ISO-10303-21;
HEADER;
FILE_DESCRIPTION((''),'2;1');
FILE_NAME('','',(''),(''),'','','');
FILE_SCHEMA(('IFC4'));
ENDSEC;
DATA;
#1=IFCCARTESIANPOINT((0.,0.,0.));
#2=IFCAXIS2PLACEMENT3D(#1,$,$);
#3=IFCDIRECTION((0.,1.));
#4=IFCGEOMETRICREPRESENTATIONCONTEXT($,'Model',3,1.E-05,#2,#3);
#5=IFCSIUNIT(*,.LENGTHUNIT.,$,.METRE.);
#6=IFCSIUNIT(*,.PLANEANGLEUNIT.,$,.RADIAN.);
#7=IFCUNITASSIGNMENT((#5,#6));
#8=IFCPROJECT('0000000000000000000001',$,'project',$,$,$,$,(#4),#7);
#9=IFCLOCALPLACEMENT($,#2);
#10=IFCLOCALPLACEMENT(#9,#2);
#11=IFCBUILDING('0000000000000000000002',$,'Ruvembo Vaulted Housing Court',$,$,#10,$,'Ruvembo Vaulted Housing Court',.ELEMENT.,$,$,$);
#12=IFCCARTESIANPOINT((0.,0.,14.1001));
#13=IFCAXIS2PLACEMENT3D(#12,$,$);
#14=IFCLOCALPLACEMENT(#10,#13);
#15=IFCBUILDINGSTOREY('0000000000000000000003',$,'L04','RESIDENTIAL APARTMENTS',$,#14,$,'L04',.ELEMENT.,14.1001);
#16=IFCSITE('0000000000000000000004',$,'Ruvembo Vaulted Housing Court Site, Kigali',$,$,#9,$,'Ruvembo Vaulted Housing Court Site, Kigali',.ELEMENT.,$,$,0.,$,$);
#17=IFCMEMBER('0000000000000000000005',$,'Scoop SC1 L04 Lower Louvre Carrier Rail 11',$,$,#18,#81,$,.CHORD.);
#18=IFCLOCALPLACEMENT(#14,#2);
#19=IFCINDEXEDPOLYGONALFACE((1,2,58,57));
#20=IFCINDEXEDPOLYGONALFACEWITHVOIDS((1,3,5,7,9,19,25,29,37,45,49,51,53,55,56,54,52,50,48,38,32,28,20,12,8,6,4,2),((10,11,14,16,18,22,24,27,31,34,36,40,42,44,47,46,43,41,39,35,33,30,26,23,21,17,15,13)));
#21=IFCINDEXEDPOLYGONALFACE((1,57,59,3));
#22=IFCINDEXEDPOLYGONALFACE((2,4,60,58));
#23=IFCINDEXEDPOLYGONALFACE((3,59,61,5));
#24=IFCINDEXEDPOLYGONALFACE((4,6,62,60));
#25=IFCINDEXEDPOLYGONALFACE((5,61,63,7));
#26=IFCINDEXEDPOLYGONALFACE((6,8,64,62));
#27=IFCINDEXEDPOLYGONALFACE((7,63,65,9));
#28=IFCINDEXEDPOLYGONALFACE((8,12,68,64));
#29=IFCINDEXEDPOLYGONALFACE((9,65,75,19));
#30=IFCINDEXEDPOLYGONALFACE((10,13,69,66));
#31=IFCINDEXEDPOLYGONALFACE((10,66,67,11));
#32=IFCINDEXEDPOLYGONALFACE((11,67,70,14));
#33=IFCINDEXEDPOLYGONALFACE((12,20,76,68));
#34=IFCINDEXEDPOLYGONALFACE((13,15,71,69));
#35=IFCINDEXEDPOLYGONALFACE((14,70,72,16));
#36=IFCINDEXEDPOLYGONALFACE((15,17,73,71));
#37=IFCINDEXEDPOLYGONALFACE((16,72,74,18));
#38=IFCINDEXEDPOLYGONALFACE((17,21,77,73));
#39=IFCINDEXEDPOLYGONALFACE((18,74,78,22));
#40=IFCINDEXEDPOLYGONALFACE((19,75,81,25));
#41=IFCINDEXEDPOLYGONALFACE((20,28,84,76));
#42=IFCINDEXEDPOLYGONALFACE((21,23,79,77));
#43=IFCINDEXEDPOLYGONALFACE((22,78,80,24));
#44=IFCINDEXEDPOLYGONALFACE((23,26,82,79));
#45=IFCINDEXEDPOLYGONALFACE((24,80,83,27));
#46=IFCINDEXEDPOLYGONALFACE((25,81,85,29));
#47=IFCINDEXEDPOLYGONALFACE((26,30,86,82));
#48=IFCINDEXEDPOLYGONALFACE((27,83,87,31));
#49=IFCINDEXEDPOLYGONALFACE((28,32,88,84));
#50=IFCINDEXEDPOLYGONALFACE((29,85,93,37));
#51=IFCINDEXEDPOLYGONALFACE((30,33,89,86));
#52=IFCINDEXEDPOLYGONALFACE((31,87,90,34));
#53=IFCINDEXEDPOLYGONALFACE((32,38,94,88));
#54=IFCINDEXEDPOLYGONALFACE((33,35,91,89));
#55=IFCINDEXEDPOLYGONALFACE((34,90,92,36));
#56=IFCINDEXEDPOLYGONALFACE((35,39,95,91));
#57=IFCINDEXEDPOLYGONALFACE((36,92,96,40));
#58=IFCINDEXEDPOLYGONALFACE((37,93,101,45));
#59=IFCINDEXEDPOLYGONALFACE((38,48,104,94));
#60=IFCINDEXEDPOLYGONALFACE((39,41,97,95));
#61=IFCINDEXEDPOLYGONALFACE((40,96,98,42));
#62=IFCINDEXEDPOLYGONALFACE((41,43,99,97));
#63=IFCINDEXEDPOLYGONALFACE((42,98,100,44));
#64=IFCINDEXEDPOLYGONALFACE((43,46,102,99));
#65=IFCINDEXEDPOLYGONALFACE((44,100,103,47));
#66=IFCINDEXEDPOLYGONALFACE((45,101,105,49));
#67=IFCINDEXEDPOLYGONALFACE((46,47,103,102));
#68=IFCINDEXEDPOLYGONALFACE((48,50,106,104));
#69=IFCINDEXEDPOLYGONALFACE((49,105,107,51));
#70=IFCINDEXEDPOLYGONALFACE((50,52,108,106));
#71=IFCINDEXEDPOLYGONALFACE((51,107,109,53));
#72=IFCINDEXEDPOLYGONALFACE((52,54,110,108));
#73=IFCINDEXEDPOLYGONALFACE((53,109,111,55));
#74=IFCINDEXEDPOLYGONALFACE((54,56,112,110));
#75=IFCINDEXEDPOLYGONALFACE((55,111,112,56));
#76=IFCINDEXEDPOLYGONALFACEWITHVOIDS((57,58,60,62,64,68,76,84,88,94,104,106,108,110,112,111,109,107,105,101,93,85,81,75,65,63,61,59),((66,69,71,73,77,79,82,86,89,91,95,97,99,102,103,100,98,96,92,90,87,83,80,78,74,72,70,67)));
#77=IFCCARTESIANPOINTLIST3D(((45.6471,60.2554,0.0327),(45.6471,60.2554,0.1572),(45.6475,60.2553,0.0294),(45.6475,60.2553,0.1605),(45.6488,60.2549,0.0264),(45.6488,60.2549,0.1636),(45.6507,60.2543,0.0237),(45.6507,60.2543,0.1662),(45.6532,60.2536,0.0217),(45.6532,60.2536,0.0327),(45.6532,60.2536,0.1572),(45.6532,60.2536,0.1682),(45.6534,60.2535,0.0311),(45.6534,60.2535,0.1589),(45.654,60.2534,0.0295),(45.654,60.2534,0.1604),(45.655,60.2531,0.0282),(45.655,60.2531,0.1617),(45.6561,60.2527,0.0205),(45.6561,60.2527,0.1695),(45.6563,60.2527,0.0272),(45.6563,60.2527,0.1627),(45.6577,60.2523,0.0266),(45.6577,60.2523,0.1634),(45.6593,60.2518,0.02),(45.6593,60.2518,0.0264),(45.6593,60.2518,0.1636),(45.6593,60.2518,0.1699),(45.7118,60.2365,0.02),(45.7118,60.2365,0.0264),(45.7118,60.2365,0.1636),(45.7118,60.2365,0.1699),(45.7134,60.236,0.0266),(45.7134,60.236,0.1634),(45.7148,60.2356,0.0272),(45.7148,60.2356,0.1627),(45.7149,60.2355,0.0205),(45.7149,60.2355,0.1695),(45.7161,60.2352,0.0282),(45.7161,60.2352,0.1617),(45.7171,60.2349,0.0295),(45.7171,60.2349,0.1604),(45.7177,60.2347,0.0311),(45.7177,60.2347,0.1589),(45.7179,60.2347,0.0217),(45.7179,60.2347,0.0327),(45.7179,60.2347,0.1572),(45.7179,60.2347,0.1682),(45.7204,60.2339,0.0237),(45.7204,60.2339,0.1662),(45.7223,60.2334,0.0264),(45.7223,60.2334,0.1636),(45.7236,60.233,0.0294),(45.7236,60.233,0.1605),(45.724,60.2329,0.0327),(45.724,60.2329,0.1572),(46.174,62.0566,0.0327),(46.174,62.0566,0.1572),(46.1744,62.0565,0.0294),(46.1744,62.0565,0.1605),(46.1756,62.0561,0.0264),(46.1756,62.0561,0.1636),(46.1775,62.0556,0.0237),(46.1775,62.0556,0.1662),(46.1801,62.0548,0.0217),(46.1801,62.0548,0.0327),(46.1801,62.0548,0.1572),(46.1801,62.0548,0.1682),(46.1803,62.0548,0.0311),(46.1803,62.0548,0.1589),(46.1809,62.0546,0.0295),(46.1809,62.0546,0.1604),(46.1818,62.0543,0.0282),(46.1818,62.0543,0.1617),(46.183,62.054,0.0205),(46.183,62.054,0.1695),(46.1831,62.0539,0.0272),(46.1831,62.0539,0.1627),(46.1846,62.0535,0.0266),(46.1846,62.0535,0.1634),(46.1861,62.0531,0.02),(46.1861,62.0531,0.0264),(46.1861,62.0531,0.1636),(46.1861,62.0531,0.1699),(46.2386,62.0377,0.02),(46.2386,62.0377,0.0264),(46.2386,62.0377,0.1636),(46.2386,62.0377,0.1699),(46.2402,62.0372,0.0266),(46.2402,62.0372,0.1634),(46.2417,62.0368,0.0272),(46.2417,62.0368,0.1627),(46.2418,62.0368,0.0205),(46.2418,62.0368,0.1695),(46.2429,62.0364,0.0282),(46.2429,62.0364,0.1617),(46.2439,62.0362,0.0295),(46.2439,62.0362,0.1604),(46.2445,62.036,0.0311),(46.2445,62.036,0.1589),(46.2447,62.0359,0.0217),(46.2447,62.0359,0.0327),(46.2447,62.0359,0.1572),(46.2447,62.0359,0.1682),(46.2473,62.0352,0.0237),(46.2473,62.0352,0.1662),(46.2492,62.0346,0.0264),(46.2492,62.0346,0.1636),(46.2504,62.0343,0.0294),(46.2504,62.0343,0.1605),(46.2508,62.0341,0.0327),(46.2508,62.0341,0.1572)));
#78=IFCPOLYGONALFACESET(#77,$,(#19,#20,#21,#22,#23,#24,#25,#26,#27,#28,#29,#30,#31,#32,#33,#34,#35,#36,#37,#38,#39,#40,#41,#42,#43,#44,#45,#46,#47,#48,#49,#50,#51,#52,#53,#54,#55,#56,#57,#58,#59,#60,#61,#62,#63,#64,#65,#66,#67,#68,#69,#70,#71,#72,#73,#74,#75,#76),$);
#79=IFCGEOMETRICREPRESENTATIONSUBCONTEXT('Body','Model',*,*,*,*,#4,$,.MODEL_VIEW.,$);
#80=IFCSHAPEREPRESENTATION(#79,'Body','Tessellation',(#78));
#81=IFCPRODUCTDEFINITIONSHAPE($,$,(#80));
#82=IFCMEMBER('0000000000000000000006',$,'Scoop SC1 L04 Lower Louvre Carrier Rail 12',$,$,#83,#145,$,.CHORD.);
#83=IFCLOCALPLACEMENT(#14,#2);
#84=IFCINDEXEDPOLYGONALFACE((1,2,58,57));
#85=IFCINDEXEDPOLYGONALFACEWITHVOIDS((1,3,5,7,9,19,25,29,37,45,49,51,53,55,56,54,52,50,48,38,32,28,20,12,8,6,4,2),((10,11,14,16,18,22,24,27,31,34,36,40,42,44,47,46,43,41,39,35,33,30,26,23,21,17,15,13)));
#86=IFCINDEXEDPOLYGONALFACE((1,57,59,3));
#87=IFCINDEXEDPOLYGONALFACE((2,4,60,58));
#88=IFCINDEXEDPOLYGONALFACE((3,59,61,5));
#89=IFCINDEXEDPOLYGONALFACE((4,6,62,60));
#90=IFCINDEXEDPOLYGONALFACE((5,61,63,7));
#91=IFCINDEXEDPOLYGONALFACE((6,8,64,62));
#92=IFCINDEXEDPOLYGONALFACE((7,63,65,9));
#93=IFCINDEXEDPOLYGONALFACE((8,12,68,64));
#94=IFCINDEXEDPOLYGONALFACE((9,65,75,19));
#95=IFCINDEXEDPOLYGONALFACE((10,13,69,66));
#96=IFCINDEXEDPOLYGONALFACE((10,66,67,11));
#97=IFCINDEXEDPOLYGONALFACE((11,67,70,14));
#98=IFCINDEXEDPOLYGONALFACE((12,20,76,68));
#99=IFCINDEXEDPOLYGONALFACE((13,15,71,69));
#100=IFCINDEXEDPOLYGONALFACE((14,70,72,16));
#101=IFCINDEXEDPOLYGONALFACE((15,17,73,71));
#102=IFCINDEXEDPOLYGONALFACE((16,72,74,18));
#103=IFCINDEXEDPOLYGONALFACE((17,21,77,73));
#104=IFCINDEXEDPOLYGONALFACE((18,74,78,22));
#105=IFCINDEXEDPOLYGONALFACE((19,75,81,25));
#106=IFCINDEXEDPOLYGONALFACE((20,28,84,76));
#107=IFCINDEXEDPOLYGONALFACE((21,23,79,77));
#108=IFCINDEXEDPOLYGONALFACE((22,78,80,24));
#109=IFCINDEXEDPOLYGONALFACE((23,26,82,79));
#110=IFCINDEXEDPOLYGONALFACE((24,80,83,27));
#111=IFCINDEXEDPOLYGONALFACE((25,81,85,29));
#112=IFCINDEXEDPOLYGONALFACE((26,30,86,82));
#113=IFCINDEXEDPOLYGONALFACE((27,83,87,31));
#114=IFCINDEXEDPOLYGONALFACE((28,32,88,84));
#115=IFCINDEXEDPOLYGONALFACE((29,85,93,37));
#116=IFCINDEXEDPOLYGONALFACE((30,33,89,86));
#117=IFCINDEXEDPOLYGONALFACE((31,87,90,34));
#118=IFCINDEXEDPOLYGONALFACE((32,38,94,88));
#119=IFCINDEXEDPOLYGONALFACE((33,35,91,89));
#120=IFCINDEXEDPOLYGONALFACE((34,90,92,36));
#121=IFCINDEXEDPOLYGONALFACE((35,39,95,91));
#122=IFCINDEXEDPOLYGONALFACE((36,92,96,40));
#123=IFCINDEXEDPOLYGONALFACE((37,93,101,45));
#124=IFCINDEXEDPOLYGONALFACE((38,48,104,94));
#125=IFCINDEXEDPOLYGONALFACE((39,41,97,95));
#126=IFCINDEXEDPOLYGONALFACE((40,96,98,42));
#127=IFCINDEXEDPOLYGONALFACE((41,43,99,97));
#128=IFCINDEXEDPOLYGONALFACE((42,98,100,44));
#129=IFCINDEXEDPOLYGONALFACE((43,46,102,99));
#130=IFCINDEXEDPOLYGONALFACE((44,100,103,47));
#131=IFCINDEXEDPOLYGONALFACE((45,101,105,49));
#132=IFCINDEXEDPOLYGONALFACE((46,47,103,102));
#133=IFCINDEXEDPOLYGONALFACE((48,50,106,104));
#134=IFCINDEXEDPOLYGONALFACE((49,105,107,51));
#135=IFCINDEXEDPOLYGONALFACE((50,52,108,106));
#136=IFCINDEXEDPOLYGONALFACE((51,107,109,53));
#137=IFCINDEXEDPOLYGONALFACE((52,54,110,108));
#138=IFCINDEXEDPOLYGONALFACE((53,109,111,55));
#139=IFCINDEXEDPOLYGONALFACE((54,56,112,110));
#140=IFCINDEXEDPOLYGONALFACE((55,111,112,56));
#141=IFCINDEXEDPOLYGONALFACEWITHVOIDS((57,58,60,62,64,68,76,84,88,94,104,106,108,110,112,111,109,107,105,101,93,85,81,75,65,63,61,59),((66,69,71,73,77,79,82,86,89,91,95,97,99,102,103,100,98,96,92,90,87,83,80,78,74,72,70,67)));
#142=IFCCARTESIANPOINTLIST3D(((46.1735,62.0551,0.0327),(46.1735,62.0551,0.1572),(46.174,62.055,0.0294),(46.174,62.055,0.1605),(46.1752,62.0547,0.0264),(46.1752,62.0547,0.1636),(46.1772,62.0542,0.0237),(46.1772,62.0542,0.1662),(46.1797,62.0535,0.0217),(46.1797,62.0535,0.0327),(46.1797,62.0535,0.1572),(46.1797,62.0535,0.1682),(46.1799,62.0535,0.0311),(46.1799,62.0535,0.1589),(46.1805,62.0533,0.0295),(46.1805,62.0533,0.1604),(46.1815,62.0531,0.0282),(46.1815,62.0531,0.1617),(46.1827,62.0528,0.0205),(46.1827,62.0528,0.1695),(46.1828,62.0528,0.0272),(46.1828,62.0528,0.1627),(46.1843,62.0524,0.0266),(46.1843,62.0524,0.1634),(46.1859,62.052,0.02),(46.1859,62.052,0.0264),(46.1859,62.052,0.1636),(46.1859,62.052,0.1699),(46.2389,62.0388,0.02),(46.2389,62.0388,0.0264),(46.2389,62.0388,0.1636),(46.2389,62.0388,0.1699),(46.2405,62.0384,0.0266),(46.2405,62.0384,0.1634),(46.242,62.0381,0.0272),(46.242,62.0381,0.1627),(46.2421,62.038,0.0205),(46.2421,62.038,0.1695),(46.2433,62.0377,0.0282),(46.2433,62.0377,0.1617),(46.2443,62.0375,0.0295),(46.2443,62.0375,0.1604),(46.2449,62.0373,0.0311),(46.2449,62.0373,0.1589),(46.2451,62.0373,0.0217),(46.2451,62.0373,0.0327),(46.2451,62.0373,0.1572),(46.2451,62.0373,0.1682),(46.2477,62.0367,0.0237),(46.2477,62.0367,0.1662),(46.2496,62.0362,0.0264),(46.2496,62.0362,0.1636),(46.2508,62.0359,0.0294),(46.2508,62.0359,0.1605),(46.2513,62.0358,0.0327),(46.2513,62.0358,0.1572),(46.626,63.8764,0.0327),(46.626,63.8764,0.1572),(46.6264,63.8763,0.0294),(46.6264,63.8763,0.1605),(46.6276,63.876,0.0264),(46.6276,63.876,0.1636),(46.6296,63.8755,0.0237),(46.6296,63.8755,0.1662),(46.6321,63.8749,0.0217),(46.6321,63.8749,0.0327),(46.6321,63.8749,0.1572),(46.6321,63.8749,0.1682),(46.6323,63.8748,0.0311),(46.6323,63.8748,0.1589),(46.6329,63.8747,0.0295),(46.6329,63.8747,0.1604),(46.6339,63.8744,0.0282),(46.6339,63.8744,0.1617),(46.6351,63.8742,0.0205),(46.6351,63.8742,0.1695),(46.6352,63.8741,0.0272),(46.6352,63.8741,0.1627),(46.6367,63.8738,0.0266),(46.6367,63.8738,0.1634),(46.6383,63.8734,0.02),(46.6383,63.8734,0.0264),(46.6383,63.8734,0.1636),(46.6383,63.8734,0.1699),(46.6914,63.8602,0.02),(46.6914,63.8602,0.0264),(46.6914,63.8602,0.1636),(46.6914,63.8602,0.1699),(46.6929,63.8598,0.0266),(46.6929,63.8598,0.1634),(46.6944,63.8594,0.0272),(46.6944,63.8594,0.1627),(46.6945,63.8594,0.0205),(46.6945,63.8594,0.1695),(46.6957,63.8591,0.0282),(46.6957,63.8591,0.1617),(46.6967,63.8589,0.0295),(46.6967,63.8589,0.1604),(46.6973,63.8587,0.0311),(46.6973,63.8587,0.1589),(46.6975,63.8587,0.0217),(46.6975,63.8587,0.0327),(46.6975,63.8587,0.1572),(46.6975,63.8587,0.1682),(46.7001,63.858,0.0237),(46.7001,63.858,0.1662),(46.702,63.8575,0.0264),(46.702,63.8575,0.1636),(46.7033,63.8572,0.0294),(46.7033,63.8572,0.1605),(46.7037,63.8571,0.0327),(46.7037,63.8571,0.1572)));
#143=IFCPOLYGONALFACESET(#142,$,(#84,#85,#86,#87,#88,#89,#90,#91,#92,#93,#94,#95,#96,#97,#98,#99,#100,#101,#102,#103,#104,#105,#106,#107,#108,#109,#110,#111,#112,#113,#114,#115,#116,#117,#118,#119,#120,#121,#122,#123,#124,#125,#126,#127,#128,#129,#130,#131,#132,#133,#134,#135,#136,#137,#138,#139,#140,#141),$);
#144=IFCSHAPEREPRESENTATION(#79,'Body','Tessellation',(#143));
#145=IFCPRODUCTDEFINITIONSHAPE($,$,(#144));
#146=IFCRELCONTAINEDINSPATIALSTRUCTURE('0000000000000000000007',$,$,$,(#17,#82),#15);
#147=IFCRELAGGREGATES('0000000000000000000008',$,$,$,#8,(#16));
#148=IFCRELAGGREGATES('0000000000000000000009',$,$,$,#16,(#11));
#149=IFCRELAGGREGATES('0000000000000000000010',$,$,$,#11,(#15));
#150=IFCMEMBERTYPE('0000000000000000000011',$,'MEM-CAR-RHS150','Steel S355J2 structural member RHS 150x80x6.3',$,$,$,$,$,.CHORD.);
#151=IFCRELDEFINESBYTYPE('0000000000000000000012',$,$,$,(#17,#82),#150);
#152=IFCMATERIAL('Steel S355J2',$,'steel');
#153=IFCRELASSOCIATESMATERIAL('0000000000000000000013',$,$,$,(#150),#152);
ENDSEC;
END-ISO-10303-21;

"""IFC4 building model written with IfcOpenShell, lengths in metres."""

from ifc_helpers import new_model, si_unit, direction, frame, origin, origin_2d, place, context, subcontext, project, spatial, hollow_rectangle, extrude, material, material_profile, profile_set, type_object, element, save


model = new_model("IFC4")

# Units and contexts
model_context = context("Model", 3, precision=1e-05, world=origin(), true_north=direction((0.0, 1.0)))
body_context = subcontext(model_context, "Body", "Model", "MODEL_VIEW")
ifc_project = project(units=[si_unit("LENGTHUNIT", "METRE"), si_unit("PLANEANGLEUNIT", "RADIAN")], contexts=[model_context])

# Site, building, storey
site_placement = place(None, origin())
site = spatial("IfcSite", under=ifc_project, at=site_placement, Name="Ruvembo Vaulted Housing Court Site, Kigali", LongName="Ruvembo Vaulted Housing Court Site, Kigali", CompositionType="ELEMENT", RefElevation=0.0)
building_placement = place(site_placement, origin())
building = spatial("IfcBuilding", under=site, at=building_placement, Name="Ruvembo Vaulted Housing Court", LongName="Ruvembo Vaulted Housing Court", CompositionType="ELEMENT")
storey_placement = place(building_placement, frame((0.0, 0.0, 14.1001)))
storey = spatial("IfcBuildingStorey", under=building, at=storey_placement, Name="L04", Description="RESIDENTIAL APARTMENTS", LongName="L04", CompositionType="ELEMENT", Elevation=14.1001)

# Shared definitions
ifc_material_1 = material(Name="Steel S355J2", Category="steel")

# Members
ifc_material_profile_1 = material_profile(ifc_material_1, hollow_rectangle(XDim=0.0801, YDim=0.1499, WallThickness=0.0063, InnerFilletRadius=0.0063, OuterFilletRadius=0.0127, at=origin_2d()), Name="RHS 150x80x6.3")
ifc_profile_set_1 = profile_set([ifc_material_profile_1], Name="Steel S355J2")
member_type_1 = type_object("IfcMemberType", Name="MEM-CAR-RHS150", Description="Steel S355J2 structural member RHS 150x80x6.3", PredefinedType="CHORD", material=ifc_profile_set_1)
for number, where, z_axis, x_axis, name in (
    (1, (45.6855, 60.2441, 0.095), (0.280729, 0.959787, 0.0), (-0.959787, 0.280729, 0.0), "Scoop SC1 L04 Lower Louvre Carrier Rail 11"),
    (2, (46.2124, 62.0454, 0.095), (0.241066, 0.970509, 0.0), (-0.970509, 0.241066, 0.0), "Scoop SC1 L04 Lower Louvre Carrier Rail 12"),
):
    element("IfcMember", number, at=place(storey_placement, frame(where, z_axis=z_axis, x_axis=x_axis)), inside=storey, type_object=member_type_1, Name=name, PredefinedType="CHORD", context=body_context, shape_type="SweptSolid", body=[
        extrude(hollow_rectangle(XDim=0.0801, YDim=0.1499, WallThickness=0.0063, InnerFilletRadius=0.0063, OuterFilletRadius=0.0127, at=origin_2d()), origin(), (0.0, 0.0, 1.0), 1.8767),
    ])

save(model, "model.ifc")
